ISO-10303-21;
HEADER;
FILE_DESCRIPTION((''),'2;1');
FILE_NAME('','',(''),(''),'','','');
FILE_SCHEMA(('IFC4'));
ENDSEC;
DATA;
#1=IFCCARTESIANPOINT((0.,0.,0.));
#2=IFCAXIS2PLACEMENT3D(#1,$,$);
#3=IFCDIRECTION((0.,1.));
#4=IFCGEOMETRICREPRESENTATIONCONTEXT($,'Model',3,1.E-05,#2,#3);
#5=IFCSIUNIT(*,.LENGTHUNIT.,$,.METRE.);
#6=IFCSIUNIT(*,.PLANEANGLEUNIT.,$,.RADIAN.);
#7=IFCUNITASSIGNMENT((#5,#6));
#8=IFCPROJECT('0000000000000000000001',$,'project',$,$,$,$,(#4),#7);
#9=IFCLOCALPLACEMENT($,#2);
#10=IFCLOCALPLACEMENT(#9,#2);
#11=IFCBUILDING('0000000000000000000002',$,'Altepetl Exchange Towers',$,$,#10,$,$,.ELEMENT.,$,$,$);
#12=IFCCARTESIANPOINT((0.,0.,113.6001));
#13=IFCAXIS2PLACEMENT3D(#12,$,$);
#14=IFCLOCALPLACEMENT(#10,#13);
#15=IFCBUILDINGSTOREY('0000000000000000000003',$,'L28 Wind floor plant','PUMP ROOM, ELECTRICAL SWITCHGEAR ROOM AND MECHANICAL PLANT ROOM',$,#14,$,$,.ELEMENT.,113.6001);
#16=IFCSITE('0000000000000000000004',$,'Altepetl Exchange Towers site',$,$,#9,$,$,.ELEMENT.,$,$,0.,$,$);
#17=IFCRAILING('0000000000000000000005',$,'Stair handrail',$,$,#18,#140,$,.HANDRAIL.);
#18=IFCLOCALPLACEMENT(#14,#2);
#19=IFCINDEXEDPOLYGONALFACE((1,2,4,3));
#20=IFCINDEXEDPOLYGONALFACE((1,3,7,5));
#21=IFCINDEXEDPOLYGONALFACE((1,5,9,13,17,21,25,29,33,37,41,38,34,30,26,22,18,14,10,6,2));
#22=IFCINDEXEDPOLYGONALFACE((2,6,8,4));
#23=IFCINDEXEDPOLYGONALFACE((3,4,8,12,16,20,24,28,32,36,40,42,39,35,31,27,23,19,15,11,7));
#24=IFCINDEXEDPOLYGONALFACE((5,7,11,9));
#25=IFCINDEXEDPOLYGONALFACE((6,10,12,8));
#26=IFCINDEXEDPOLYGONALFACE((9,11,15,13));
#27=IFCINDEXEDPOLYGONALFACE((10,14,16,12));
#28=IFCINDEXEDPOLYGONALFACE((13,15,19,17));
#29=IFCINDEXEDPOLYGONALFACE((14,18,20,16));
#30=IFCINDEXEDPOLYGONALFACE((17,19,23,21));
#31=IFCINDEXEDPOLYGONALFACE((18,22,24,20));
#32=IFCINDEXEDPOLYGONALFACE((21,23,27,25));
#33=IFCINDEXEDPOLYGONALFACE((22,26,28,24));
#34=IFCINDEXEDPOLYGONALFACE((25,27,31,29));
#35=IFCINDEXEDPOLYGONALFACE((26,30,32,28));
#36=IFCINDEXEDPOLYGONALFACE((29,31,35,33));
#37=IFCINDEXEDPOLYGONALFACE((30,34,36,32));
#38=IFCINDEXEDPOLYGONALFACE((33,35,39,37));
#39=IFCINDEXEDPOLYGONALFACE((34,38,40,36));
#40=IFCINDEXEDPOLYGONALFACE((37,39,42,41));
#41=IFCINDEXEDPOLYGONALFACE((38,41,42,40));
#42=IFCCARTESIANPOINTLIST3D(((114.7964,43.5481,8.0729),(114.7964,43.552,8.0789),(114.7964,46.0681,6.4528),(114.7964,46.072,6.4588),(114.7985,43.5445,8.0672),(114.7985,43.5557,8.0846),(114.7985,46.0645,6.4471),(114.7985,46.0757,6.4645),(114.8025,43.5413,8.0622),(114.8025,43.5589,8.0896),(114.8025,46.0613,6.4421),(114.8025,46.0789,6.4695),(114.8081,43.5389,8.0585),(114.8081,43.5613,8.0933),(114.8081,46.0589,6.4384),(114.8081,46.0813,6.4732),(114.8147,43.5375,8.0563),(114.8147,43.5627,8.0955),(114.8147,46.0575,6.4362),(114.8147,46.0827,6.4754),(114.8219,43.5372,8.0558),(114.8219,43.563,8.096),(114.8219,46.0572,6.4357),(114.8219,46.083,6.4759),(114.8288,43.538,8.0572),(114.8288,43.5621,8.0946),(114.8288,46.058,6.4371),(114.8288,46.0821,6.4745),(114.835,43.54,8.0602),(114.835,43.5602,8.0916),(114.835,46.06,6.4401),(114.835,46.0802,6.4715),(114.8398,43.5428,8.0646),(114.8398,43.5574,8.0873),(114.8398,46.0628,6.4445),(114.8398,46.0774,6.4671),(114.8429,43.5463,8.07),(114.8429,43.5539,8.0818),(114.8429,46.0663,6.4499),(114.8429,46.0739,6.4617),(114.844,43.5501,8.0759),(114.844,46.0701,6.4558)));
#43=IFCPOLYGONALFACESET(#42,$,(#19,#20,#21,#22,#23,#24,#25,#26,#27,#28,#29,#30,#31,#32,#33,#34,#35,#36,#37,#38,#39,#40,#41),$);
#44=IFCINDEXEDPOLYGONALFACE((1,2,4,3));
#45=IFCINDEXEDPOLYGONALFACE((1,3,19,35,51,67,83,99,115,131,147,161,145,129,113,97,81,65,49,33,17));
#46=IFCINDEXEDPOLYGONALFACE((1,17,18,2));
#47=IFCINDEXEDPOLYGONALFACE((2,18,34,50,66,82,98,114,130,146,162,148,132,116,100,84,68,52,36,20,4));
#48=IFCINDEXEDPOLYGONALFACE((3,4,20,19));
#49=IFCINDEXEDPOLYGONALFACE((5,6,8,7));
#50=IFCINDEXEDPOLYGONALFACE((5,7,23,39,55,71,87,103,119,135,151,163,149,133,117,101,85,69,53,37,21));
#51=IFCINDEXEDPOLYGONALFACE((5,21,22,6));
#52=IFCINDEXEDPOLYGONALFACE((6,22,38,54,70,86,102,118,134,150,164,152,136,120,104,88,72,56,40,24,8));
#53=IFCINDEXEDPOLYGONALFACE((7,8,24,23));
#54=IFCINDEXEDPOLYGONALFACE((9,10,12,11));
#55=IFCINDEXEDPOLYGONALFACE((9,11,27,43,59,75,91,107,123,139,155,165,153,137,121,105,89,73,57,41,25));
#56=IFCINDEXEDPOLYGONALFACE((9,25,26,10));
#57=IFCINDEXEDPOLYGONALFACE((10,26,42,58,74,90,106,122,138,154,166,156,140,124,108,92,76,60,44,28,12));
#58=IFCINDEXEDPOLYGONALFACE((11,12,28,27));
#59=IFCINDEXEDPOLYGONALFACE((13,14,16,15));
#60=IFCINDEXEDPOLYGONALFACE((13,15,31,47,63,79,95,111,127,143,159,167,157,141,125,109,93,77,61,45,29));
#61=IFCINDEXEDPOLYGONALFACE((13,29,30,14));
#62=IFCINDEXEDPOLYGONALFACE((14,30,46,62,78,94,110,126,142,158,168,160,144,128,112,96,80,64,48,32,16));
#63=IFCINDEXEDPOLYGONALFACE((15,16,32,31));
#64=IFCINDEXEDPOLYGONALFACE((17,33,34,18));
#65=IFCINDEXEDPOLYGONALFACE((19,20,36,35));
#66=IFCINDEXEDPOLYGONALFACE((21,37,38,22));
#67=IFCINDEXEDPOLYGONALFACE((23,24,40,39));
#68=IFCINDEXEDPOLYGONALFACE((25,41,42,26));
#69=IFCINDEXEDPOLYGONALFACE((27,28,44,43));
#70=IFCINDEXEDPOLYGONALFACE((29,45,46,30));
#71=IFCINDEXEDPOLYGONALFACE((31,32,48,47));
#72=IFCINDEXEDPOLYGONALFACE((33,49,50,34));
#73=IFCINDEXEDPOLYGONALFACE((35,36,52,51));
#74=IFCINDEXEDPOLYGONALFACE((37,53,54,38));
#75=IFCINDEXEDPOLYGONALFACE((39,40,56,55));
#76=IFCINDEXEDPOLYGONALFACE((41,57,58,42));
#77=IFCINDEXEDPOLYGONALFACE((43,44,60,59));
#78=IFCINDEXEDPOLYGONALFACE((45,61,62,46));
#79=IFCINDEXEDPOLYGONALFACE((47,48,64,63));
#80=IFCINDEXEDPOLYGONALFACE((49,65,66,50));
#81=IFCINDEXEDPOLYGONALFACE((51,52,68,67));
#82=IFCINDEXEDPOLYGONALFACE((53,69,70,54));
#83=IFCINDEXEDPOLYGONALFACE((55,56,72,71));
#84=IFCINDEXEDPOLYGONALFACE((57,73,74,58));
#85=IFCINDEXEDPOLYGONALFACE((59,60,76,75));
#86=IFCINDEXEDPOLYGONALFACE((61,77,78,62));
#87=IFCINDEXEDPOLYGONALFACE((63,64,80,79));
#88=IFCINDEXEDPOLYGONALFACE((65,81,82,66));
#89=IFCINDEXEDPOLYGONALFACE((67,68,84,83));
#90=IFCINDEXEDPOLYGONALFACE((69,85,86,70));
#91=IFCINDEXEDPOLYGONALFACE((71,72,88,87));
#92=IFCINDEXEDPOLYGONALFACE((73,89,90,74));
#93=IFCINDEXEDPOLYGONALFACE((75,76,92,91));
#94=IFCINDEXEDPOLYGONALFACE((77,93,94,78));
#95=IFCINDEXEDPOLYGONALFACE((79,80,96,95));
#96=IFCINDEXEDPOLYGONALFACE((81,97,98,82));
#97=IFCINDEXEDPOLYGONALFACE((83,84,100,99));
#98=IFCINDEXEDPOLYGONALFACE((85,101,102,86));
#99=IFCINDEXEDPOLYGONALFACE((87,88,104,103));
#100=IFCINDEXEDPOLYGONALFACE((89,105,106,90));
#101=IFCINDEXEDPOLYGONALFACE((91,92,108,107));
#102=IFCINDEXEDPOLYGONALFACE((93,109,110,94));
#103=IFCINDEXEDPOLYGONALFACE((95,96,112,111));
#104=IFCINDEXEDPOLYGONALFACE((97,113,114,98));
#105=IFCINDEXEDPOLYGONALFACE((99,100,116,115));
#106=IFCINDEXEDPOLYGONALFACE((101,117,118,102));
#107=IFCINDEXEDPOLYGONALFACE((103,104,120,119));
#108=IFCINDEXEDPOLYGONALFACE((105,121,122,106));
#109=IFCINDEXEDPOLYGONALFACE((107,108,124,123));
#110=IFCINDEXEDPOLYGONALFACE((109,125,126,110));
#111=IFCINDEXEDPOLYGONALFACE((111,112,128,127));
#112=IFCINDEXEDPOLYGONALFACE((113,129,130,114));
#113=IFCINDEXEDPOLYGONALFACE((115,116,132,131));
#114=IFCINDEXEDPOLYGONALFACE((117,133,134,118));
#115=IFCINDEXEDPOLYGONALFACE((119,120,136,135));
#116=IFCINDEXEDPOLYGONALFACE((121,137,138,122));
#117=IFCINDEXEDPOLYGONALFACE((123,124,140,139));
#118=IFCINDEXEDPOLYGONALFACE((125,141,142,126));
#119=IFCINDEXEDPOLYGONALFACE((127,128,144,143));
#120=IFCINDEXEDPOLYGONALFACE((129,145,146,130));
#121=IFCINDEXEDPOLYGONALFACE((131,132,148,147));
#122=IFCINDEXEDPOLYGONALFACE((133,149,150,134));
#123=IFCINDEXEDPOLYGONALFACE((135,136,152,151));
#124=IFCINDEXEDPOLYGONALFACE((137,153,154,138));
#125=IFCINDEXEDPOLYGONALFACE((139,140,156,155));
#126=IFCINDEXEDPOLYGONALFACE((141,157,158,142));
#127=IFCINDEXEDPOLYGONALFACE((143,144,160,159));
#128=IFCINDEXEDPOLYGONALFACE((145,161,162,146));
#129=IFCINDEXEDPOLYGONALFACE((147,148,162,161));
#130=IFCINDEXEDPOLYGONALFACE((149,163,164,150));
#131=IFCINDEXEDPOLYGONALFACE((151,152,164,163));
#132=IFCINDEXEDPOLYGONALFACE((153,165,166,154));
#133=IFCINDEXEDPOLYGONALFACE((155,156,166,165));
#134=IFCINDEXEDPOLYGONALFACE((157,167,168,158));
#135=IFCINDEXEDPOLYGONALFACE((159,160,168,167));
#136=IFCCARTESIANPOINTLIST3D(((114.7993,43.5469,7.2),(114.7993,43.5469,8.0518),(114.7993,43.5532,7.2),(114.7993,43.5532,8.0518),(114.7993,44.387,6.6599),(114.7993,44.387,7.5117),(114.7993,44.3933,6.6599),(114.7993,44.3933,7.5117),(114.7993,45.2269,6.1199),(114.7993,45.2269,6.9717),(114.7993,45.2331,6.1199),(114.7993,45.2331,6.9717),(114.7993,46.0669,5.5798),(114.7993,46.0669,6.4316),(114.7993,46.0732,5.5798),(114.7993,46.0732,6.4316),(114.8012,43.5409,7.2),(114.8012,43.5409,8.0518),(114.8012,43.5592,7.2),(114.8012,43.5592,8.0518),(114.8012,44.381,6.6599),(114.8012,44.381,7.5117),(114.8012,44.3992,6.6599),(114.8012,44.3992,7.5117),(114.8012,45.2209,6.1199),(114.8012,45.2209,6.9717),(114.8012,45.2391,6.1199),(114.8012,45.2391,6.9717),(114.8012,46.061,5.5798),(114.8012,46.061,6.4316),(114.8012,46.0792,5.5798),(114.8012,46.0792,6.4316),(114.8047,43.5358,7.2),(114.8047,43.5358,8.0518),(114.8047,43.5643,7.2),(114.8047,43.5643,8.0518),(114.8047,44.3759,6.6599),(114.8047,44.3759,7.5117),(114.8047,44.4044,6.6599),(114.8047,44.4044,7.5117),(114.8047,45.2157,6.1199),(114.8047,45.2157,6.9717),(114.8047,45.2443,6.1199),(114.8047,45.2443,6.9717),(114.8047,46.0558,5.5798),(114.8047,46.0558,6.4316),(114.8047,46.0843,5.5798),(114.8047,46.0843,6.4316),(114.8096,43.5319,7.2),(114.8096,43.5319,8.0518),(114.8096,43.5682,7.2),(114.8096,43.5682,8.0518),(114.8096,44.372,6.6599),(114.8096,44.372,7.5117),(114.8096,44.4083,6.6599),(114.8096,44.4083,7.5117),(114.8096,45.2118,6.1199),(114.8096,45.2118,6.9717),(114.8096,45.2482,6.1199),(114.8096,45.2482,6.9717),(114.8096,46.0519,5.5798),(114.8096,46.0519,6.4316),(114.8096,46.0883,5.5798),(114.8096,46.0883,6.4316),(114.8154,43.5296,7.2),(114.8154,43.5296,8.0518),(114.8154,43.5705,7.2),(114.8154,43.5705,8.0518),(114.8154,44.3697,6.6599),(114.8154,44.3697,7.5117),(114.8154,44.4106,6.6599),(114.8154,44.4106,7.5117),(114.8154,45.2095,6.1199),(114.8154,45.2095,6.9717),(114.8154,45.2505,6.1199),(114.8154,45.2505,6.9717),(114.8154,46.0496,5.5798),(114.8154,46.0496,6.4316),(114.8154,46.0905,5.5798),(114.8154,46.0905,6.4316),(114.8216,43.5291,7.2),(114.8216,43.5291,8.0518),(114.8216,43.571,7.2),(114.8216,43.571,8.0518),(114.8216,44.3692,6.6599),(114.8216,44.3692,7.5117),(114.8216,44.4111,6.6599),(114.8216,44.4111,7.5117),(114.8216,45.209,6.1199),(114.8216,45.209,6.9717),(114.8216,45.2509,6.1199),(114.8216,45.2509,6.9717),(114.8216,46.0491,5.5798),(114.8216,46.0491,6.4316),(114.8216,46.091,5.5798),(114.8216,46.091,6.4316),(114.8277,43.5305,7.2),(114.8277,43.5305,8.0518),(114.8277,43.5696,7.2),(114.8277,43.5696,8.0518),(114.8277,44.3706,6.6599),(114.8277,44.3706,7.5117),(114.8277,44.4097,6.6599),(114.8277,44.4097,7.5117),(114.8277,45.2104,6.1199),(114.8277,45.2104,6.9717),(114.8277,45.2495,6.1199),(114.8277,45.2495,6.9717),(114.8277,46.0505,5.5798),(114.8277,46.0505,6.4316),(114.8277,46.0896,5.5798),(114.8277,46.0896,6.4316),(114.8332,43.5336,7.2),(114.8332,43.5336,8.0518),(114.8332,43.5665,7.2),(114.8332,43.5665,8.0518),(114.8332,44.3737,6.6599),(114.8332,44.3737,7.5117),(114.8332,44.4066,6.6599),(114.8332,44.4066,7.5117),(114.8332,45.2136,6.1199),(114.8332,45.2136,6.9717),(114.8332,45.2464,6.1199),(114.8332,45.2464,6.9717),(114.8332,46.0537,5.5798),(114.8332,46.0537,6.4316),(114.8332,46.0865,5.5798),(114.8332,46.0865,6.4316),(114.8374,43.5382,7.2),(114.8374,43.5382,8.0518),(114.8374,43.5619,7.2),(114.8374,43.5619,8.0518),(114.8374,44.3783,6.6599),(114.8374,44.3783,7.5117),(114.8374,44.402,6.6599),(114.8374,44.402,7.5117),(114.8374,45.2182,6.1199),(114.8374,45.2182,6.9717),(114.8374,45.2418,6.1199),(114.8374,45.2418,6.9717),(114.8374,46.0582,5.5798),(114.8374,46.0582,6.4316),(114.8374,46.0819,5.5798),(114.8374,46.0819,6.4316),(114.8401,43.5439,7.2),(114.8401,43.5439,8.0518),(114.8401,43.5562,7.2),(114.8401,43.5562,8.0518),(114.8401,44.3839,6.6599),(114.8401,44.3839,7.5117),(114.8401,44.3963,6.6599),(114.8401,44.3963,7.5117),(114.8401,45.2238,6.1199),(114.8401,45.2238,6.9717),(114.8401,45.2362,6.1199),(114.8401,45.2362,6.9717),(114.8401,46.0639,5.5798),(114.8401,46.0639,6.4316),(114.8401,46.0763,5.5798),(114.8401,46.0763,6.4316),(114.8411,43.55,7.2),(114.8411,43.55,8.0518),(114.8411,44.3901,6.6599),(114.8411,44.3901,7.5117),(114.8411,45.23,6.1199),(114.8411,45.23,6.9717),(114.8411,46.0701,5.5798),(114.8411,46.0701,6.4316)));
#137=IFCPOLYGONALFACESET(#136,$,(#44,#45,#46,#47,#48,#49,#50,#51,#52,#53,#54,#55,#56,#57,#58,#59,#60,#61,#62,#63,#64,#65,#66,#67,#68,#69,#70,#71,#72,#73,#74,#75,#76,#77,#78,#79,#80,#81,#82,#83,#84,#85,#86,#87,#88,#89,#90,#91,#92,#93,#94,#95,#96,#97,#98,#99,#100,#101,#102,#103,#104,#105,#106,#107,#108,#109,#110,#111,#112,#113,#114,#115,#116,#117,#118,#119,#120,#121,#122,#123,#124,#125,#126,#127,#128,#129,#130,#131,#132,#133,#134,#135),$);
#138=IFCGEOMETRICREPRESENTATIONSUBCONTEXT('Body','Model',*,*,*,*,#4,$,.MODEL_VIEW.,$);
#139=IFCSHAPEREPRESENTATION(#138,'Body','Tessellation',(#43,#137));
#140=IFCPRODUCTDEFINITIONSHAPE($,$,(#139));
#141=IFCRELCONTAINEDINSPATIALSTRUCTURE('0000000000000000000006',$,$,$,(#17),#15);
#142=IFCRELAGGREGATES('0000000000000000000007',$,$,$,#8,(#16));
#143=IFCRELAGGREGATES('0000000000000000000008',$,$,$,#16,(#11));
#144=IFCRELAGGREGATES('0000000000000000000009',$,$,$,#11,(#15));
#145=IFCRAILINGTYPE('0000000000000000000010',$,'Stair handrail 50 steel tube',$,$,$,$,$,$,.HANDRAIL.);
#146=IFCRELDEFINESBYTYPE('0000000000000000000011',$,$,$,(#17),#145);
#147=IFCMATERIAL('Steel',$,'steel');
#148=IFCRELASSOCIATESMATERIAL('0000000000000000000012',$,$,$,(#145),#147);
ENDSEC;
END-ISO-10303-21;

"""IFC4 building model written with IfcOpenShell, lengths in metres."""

from ifc_helpers import new_model, si_unit, direction, frame, origin, origin_2d, place, context, subcontext, project, spatial, circle, extrude, source, transform, mapped, material, type_object, element, save


model = new_model("IFC4")

# Units and contexts
model_context = context("Model", 3, precision=1e-05, world=origin(), true_north=direction((0.0, 1.0)))
body_context = subcontext(model_context, "Body", "Model", "MODEL_VIEW")
ifc_project = project(units=[si_unit("LENGTHUNIT", "METRE"), si_unit("PLANEANGLEUNIT", "RADIAN")], contexts=[model_context])

# Site, building, storey
site_placement = place(None, origin())
site = spatial("IfcSite", under=ifc_project, at=site_placement, Name="Altepetl Exchange Towers site", CompositionType="ELEMENT", RefElevation=0.0)
building_placement = place(site_placement, origin())
building = spatial("IfcBuilding", under=site, at=building_placement, Name="Altepetl Exchange Towers", CompositionType="ELEMENT")
storey_placement = place(building_placement, frame((0.0, 0.0, 113.6001)))
storey = spatial("IfcBuildingStorey", under=building, at=storey_placement, Name="L28 Wind floor plant", Description="PUMP ROOM, ELECTRICAL SWITCHGEAR ROOM AND MECHANICAL PLANT ROOM", CompositionType="ELEMENT", Elevation=113.6001)

# Railing
ifc_material_1 = material(Name="Steel", Category="steel")
railing_type_1 = type_object("IfcRailingType", Name="Stair handrail 50 steel tube", PredefinedType="HANDRAIL", material=ifc_material_1)
shared_shape_1 = source(origin(), body_context, "Body", "SweptSolid", [
    extrude(circle(Radius=0.021, at=origin_2d()), origin(), (0.0, 0.0, 1.0), 0.8518),
])
railing_1_placement = place(storey_placement, frame((114.8201, 46.0701, 5.5798)))
element("IfcRailing", 1, at=railing_1_placement, inside=storey, type_object=railing_type_1, Name="Stair handrail", PredefinedType="HANDRAIL", context=body_context, shape_type="SweptSolid", body=[
    extrude(circle(Radius=0.0239, at=origin_2d()), frame((0.0, 0.0, 0.876), z_axis=(0.0, -0.841163, 0.540782), x_axis=(1.0, 0.0, 0.0)), (0.0, 0.0, 1.0), 2.9958),
    mapped(shared_shape_1, transform((0.0, 0.0, 0.0))),
    mapped(shared_shape_1, transform((0.0, -0.8401, 0.54))),
    mapped(shared_shape_1, transform((0.0, -1.6799, 1.0801))),
    mapped(shared_shape_1, transform((0.0, -2.52, 1.6201))),
])

save(model, "model.ifc")
